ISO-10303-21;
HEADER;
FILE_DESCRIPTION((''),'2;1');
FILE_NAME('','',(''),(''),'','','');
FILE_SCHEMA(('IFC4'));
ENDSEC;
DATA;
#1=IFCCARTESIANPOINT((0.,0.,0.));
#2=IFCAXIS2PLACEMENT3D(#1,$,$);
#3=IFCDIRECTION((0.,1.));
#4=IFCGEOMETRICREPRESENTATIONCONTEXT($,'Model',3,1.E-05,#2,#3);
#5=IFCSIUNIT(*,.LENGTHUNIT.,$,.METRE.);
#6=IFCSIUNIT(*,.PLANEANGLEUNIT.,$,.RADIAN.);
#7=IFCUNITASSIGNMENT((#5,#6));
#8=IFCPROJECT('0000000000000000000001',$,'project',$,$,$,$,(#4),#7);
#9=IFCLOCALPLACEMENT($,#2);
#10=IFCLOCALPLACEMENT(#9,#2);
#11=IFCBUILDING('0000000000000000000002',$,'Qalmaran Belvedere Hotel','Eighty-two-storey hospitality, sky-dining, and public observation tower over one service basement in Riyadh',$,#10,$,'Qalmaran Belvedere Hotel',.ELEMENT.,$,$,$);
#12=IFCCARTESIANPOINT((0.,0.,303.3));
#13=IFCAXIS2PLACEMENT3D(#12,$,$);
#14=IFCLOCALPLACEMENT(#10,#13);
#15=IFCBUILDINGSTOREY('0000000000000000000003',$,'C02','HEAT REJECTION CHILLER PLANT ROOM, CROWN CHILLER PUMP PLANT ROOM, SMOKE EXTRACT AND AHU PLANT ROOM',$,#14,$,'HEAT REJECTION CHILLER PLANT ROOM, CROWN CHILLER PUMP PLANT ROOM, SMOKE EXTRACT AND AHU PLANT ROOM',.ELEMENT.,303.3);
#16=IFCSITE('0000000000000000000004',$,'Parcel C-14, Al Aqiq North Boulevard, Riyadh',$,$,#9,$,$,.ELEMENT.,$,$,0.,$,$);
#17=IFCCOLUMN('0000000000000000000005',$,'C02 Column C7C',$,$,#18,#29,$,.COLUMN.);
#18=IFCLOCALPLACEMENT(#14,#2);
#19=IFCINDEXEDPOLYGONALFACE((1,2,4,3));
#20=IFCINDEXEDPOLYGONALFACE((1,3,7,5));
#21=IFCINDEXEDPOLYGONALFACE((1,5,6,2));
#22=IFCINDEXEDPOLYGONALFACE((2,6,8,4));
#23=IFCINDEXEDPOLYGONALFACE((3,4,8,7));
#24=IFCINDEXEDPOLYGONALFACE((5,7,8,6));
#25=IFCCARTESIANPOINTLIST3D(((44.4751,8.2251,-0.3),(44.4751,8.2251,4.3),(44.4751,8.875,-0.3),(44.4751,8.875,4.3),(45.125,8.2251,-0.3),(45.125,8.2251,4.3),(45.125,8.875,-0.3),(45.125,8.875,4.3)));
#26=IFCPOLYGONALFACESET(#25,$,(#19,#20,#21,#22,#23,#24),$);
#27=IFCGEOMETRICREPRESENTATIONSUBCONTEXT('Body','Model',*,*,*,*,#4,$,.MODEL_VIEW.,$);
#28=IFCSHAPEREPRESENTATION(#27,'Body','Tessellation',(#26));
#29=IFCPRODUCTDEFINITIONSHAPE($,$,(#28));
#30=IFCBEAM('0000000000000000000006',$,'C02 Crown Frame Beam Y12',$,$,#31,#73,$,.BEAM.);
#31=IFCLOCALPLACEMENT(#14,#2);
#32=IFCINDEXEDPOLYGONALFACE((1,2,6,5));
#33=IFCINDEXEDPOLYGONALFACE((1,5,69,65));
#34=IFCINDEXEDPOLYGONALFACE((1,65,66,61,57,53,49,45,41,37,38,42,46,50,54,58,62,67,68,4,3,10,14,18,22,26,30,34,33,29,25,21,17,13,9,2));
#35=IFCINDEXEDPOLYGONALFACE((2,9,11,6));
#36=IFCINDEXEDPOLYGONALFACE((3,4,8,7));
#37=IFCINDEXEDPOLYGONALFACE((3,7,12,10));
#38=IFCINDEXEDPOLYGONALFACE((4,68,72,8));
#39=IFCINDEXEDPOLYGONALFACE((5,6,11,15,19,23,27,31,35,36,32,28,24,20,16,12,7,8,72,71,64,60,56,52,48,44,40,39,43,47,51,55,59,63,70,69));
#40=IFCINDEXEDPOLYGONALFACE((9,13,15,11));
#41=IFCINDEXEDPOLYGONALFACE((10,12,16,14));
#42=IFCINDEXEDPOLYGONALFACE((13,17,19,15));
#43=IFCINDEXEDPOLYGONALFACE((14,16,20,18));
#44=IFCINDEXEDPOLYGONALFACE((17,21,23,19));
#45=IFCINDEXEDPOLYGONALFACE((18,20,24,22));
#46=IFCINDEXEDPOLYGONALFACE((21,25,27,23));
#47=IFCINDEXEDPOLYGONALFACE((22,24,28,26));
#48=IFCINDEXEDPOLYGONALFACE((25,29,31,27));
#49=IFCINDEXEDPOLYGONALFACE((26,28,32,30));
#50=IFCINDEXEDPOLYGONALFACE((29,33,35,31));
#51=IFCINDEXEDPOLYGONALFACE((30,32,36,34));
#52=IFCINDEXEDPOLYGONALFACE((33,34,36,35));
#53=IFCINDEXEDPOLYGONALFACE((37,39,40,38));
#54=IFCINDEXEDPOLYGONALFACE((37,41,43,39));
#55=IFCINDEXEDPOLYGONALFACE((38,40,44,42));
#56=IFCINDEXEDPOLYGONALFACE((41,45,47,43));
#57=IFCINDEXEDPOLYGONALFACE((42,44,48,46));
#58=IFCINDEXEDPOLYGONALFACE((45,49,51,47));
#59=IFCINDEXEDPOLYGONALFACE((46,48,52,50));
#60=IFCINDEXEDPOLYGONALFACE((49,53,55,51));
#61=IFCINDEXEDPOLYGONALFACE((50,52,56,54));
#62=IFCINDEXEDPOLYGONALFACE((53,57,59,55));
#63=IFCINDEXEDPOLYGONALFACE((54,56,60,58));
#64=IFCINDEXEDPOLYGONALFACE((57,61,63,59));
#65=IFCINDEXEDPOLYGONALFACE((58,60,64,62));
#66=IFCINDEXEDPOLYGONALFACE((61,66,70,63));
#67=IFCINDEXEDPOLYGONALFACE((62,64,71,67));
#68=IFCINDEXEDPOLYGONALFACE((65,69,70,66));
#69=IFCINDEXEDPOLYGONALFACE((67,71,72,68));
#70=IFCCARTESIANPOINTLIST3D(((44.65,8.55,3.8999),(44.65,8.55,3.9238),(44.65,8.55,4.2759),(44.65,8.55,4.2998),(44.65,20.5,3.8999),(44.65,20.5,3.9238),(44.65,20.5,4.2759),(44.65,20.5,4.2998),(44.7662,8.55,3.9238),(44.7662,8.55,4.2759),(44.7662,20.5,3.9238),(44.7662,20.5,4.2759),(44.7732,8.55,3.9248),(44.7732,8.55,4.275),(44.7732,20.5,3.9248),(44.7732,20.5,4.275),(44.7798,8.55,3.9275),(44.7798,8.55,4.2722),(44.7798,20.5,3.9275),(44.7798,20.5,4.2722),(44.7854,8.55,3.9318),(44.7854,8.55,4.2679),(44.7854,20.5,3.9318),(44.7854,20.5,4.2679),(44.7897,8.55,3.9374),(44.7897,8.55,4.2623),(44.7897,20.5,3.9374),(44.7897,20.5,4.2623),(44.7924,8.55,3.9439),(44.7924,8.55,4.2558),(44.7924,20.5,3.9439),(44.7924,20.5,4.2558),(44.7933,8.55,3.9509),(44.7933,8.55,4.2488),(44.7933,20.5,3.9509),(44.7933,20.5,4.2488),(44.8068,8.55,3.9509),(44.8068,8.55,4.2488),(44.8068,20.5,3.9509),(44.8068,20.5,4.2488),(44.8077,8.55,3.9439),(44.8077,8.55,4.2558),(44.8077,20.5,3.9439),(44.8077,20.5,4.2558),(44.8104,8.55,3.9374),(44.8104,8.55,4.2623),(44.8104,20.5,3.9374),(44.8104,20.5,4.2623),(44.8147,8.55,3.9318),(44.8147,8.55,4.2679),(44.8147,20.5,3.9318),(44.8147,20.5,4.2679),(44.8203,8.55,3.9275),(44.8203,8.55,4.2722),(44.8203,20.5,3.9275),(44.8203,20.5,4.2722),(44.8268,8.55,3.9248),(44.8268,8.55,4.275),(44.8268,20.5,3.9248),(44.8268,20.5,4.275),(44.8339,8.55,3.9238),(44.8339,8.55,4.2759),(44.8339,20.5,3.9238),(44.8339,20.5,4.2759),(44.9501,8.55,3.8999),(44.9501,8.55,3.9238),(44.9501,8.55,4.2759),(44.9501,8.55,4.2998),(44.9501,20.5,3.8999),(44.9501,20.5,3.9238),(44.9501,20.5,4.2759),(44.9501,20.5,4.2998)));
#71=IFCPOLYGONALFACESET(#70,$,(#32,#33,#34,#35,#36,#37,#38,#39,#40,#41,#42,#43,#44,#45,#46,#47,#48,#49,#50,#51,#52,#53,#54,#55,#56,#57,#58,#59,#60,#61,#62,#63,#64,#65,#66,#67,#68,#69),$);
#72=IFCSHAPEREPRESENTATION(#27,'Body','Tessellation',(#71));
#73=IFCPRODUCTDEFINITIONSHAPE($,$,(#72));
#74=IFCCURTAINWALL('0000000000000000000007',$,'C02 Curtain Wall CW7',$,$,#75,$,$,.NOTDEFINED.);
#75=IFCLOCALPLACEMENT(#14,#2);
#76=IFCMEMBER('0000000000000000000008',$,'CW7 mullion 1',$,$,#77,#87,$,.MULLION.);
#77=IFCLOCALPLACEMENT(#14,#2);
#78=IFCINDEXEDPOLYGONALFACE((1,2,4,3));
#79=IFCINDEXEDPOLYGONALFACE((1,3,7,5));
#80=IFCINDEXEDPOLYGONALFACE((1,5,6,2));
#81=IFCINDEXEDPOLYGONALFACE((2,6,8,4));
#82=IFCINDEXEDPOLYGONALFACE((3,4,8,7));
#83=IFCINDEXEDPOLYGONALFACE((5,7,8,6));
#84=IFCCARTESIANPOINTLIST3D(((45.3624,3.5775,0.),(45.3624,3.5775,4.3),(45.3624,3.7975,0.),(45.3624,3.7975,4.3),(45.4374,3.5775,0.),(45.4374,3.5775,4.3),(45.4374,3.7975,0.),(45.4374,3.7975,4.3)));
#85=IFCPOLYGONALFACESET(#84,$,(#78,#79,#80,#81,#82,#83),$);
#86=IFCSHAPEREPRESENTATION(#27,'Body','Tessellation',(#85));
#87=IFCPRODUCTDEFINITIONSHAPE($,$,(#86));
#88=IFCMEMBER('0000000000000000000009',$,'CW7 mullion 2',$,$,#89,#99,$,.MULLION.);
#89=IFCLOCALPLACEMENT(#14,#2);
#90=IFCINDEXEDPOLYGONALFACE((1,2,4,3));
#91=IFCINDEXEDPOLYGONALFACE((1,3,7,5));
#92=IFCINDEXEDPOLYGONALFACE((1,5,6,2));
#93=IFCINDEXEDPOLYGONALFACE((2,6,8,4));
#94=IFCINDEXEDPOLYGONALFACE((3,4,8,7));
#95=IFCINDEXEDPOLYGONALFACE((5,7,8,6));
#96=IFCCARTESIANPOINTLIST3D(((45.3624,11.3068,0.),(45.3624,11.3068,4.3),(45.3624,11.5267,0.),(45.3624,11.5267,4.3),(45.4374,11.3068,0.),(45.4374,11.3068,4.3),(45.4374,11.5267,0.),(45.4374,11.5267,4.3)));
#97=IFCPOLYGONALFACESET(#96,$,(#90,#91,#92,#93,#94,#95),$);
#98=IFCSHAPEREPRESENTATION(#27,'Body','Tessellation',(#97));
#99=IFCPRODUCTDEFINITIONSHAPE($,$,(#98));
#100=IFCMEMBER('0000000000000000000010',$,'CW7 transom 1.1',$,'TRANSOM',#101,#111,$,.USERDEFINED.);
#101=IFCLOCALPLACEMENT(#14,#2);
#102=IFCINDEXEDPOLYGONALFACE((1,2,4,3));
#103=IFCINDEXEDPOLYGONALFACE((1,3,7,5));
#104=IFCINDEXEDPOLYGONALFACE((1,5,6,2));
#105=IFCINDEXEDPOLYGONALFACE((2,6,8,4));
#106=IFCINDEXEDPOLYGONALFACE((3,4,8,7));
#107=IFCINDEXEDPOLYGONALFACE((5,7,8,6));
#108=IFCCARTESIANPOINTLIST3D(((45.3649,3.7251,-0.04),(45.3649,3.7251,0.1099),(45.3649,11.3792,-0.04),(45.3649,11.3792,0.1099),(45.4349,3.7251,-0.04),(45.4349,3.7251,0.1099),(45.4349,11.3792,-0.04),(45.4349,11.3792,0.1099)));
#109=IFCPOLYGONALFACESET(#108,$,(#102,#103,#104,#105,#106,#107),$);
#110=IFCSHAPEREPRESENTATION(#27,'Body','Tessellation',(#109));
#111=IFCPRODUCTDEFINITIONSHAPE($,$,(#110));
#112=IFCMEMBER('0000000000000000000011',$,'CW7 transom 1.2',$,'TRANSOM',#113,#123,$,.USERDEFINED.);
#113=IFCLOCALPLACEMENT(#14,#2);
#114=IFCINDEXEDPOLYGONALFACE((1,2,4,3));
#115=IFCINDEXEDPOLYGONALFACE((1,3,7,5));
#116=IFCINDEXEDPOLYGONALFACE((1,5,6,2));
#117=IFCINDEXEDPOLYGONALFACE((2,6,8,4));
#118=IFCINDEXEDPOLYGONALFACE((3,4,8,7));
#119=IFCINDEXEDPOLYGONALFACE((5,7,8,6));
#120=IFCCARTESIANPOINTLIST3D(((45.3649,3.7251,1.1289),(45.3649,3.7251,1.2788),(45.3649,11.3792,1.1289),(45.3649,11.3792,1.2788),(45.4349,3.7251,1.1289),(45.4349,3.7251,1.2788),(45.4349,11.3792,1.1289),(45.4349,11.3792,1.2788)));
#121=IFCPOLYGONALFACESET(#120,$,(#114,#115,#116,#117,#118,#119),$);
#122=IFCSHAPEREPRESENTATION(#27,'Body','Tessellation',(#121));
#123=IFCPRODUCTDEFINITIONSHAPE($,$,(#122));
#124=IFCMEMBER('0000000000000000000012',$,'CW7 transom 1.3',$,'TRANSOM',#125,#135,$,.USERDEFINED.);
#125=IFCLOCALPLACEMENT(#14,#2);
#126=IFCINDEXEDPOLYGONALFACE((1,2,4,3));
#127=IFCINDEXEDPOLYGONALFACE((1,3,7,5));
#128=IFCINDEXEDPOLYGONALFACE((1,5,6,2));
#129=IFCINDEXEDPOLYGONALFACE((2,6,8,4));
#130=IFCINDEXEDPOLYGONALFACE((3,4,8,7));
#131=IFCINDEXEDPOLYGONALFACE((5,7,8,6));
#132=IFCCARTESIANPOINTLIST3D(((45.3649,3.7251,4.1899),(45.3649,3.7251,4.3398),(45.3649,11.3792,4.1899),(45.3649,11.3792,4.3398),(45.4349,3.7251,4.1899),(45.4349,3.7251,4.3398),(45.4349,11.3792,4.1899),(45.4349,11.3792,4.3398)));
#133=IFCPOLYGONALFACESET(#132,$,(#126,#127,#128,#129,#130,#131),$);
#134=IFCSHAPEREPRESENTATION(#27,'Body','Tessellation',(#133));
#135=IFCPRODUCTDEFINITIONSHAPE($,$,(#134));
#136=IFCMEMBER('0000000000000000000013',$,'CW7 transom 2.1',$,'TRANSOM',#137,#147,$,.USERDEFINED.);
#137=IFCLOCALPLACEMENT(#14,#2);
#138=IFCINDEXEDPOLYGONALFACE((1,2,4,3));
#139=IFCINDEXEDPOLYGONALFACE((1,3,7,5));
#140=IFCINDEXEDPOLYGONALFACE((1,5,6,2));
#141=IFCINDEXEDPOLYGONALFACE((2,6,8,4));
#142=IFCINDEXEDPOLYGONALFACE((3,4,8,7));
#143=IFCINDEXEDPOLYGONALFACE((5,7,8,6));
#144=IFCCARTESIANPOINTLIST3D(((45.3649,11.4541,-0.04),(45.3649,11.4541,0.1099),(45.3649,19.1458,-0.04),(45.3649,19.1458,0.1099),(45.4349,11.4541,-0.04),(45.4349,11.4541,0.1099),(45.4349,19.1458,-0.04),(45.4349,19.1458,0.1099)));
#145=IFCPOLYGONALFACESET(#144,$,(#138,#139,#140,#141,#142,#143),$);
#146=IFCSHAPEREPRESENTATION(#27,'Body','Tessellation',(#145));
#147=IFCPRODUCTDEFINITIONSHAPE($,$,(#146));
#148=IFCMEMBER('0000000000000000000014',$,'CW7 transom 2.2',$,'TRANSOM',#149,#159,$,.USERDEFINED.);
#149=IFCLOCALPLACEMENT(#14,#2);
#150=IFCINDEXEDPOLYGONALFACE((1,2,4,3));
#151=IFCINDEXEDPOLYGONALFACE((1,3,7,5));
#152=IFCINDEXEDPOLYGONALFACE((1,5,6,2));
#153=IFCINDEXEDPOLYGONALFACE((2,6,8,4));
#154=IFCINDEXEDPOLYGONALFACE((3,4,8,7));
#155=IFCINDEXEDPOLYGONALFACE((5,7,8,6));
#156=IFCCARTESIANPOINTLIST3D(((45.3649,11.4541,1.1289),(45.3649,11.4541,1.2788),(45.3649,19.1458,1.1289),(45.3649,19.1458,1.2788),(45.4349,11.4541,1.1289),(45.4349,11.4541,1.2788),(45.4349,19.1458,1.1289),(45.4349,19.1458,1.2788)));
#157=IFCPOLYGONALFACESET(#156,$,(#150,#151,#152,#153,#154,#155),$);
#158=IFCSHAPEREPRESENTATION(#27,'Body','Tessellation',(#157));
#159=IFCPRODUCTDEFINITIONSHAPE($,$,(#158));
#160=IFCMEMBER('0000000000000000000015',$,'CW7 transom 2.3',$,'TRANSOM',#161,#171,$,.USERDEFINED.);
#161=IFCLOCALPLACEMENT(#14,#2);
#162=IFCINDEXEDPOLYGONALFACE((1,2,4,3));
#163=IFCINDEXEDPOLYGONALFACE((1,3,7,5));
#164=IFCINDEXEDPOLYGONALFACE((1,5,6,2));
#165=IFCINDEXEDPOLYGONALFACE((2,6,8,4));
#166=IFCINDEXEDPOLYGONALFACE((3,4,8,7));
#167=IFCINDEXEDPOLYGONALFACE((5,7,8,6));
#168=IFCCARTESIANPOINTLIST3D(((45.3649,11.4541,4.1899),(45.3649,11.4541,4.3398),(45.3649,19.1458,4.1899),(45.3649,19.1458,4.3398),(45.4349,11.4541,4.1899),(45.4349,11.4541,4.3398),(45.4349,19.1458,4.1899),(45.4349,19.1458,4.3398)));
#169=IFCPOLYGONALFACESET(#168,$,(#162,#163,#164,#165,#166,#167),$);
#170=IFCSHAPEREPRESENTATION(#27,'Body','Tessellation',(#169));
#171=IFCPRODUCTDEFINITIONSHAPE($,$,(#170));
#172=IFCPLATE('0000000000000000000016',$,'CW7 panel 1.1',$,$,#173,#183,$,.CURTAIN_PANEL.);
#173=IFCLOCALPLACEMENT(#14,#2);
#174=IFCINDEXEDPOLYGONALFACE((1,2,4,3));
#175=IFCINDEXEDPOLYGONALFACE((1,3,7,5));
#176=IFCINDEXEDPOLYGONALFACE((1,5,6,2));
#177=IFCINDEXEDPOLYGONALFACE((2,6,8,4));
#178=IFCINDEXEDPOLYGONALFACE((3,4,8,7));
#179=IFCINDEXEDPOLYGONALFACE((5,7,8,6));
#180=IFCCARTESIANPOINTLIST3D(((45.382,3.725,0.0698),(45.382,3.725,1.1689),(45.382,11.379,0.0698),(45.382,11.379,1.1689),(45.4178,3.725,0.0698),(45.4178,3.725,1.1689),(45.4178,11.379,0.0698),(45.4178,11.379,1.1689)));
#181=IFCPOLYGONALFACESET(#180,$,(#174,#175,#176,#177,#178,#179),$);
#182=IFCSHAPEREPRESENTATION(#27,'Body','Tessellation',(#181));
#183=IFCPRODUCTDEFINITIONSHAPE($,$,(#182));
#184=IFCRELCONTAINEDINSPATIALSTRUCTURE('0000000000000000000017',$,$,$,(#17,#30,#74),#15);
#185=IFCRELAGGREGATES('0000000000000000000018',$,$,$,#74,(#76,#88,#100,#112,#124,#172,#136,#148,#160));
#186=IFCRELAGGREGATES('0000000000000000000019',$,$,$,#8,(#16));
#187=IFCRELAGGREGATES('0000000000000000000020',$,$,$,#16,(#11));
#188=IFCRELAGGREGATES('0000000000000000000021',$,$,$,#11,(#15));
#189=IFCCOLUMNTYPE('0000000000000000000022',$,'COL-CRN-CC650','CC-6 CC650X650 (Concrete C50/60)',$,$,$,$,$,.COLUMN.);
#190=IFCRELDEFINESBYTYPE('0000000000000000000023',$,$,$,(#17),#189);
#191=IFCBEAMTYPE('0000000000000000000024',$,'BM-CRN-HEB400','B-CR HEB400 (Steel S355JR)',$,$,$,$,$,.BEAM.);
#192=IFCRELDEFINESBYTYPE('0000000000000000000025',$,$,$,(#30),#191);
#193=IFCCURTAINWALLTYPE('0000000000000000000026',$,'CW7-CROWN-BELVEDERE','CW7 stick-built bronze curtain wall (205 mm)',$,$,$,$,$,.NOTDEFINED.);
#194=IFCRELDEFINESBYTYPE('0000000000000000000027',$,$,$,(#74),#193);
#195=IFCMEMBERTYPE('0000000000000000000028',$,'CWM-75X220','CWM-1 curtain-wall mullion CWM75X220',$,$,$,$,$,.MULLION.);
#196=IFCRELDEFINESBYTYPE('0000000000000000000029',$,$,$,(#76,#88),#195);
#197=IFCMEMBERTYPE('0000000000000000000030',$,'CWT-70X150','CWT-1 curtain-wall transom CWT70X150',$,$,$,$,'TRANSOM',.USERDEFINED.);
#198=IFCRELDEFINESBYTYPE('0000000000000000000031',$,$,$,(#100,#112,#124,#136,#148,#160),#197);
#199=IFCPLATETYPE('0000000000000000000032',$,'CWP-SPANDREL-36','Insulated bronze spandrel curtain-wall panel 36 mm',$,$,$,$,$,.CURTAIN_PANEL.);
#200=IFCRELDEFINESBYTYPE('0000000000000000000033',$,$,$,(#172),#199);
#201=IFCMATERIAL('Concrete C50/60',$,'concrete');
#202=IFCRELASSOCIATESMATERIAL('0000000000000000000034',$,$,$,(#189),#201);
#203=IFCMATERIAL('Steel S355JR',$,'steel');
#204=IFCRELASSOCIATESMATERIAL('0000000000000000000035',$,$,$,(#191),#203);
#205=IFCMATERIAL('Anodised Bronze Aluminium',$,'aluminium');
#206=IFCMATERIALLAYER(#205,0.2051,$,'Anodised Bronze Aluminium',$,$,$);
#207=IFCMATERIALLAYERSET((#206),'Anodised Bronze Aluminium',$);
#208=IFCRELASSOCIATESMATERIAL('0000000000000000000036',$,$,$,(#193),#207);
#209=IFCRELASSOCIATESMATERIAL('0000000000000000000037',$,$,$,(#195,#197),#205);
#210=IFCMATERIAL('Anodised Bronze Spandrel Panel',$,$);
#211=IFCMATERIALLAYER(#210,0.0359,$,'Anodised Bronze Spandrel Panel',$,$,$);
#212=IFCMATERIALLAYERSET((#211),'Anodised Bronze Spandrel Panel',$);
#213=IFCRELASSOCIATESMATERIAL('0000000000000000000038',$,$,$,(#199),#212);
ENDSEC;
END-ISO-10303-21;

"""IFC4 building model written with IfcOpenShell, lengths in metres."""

from ifc_helpers import new_model, si_unit, direction, frame, origin, origin_2d, place, context, subcontext, project, spatial, rectangle, i_section, extrude, material, layer, layer_set, material_profile, profile_set, type_object, element, aggregate, save


model = new_model("IFC4")

# Units and contexts
model_context = context("Model", 3, precision=1e-05, world=origin(), true_north=direction((0.0, 1.0)))
body_context = subcontext(model_context, "Body", "Model", "MODEL_VIEW")
ifc_project = project(units=[si_unit("LENGTHUNIT", "METRE"), si_unit("PLANEANGLEUNIT", "RADIAN")], contexts=[model_context])

# Site, building, storey
site_placement = place(None, origin())
site = spatial("IfcSite", under=ifc_project, at=site_placement, Name="Parcel C-14, Al Aqiq North Boulevard, Riyadh", CompositionType="ELEMENT", RefElevation=0.0)
building_placement = place(site_placement, origin())
building = spatial("IfcBuilding", under=site, at=building_placement, Name="Qalmaran Belvedere Hotel", Description="Eighty-two-storey hospitality, sky-dining, and public observation tower over one service basement in Riyadh", LongName="Qalmaran Belvedere Hotel", CompositionType="ELEMENT")
storey_placement = place(building_placement, frame((0.0, 0.0, 303.3)))
storey = spatial("IfcBuildingStorey", under=building, at=storey_placement, Name="C02", Description="HEAT REJECTION CHILLER PLANT ROOM, CROWN CHILLER PUMP PLANT ROOM, SMOKE EXTRACT AND AHU PLANT ROOM", LongName="HEAT REJECTION CHILLER PLANT ROOM, CROWN CHILLER PUMP PLANT ROOM, SMOKE EXTRACT AND AHU PLANT ROOM", CompositionType="ELEMENT", Elevation=303.3)

# Column
ifc_material_1 = material(Name="Concrete C50/60", Category="concrete")
ifc_material_profile_1 = material_profile(ifc_material_1, rectangle(XDim=0.6499, YDim=0.6499, at=origin_2d()), Name="CC650X650")
ifc_profile_set_1 = profile_set([ifc_material_profile_1], Name="Concrete C50/60")
column_type = type_object("IfcColumnType", Name="COL-CRN-CC650", Description="CC-6 CC650X650 (Concrete C50/60)", PredefinedType="COLUMN", material=ifc_profile_set_1)
column_placement = place(storey_placement, frame((44.8, 8.55, -0.3), z_axis=(0.0, 0.0, 1.0), x_axis=(1.0, 0.0, 0.0)))
element("IfcColumn", 1, at=column_placement, inside=storey, type_object=column_type, Name="C02 Column C7C", PredefinedType="COLUMN", context=body_context, shape_type="SweptSolid", body=[
    extrude(rectangle(XDim=0.6499, YDim=0.6499, at=origin_2d()), origin(), (0.0, 0.0, 1.0), 4.6001),
])

# Beam
ifc_material_2 = material(Name="Steel S355JR", Category="steel")
ifc_material_profile_2 = material_profile(ifc_material_2, i_section(OverallWidth=0.3, OverallDepth=0.3999, WebThickness=0.0134, FlangeThickness=0.0239, FilletRadius=0.0271, at=origin_2d()), Name="HEB400")
ifc_profile_set_2 = profile_set([ifc_material_profile_2], Name="Steel S355JR")
beam_type = type_object("IfcBeamType", Name="BM-CRN-HEB400", Description="B-CR HEB400 (Steel S355JR)", PredefinedType="BEAM", material=ifc_profile_set_2)
beam_placement = place(storey_placement, frame((44.8, 8.55, 4.0999), z_axis=(0.0, 1.0, 0.0), x_axis=(-1.0, 0.0, 0.0)))
element("IfcBeam", 2, at=beam_placement, inside=storey, type_object=beam_type, Name="C02 Crown Frame Beam Y12", PredefinedType="BEAM", context=body_context, shape_type="SweptSolid", body=[
    extrude(i_section(OverallWidth=0.3, OverallDepth=0.3999, WebThickness=0.0134, FlangeThickness=0.0239, FilletRadius=0.0271, at=origin_2d()), origin(), (0.0, 0.0, 1.0), 11.95),
])

# Curtain wall, members, plate
ifc_material_3 = material(Name="Anodised Bronze Aluminium", Category="aluminium")
ifc_layer_1 = layer(ifc_material_3, 0.2051, Name="Anodised Bronze Aluminium")
ifc_layer_set_1 = layer_set([ifc_layer_1], Name="Anodised Bronze Aluminium")
curtain_wall_type = type_object("IfcCurtainWallType", Name="CW7-CROWN-BELVEDERE", Description="CW7 stick-built bronze curtain wall (205 mm)", PredefinedType="NOTDEFINED", material=ifc_layer_set_1)
curtain_wall_placement = place(storey_placement, origin())
curtain_wall = element("IfcCurtainWall", 3, at=curtain_wall_placement, inside=storey, type_object=curtain_wall_type, Name="C02 Curtain Wall CW7", PredefinedType="NOTDEFINED")
ifc_material_profile_3 = material_profile(ifc_material_3, rectangle(XDim=0.075, YDim=0.22, at=origin_2d()), Name="CWM75X220")
ifc_profile_set_3 = profile_set([ifc_material_profile_3], Name="Anodised Bronze Aluminium")
member_type_1 = type_object("IfcMemberType", Name="CWM-75X220", Description="CWM-1 curtain-wall mullion CWM75X220", PredefinedType="MULLION", material=ifc_profile_set_3)
member_1_placement = place(storey_placement, frame((45.3999, 3.6875, 0.0), z_axis=(0.0, 0.0, 1.0), x_axis=(-1.0, 0.0, 0.0)))
member_1 = element("IfcMember", 4, at=member_1_placement, type_object=member_type_1, Name="CW7 mullion 1", PredefinedType="MULLION", context=body_context, shape_type="SweptSolid", body=[
    extrude(rectangle(XDim=0.075, YDim=0.22, at=origin_2d()), origin(), (0.0, 0.0, 1.0), 4.3),
])
member_2_placement = place(storey_placement, frame((45.3999, 11.4167, 0.0), z_axis=(0.0, 0.0, 1.0), x_axis=(-1.0, 0.0, 0.0)))
member_2 = element("IfcMember", 5, at=member_2_placement, type_object=member_type_1, Name="CW7 mullion 2", PredefinedType="MULLION", context=body_context, shape_type="SweptSolid", body=[
    extrude(rectangle(XDim=0.075, YDim=0.22, at=origin_2d()), origin(), (0.0, 0.0, 1.0), 4.3),
])
ifc_material_profile_4 = material_profile(ifc_material_3, rectangle(XDim=0.0701, YDim=0.1499, at=origin_2d()), Name="CWT70X150")
ifc_profile_set_4 = profile_set([ifc_material_profile_4], Name="Anodised Bronze Aluminium")
member_type_2 = type_object("IfcMemberType", Name="CWT-70X150", Description="CWT-1 curtain-wall transom CWT70X150", ElementType="TRANSOM", PredefinedType="USERDEFINED", material=ifc_profile_set_4)
member_3_placement = place(storey_placement, frame((45.3999, 3.7251, 0.0349), z_axis=(0.0, 1.0, 0.0), x_axis=(-1.0, 0.0, 0.0)))
member_3 = element("IfcMember", 6, at=member_3_placement, type_object=member_type_2, Name="CW7 transom 1.1", ObjectType="TRANSOM", PredefinedType="USERDEFINED", context=body_context, shape_type="SweptSolid", body=[
    extrude(rectangle(XDim=0.0701, YDim=0.1499, at=origin_2d()), origin(), (0.0, 0.0, 1.0), 7.6541),
])
member_4_placement = place(storey_placement, frame((45.3999, 3.7251, 1.2039), z_axis=(0.0, 1.0, 0.0), x_axis=(-1.0, 0.0, 0.0)))
member_4 = element("IfcMember", 7, at=member_4_placement, type_object=member_type_2, Name="CW7 transom 1.2", ObjectType="TRANSOM", PredefinedType="USERDEFINED", context=body_context, shape_type="SweptSolid", body=[
    extrude(rectangle(XDim=0.0701, YDim=0.1499, at=origin_2d()), origin(), (0.0, 0.0, 1.0), 7.6541),
])
member_5_placement = place(storey_placement, frame((45.3999, 3.7251, 4.2649), z_axis=(0.0, 1.0, 0.0), x_axis=(-1.0, 0.0, 0.0)))
member_5 = element("IfcMember", 8, at=member_5_placement, type_object=member_type_2, Name="CW7 transom 1.3", ObjectType="TRANSOM", PredefinedType="USERDEFINED", context=body_context, shape_type="SweptSolid", body=[
    extrude(rectangle(XDim=0.0701, YDim=0.1499, at=origin_2d()), origin(), (0.0, 0.0, 1.0), 7.6541),
])
member_6_placement = place(storey_placement, frame((45.3999, 11.4541, 0.0349), z_axis=(0.0, 1.0, 0.0), x_axis=(-1.0, 0.0, 0.0)))
member_6 = element("IfcMember", 9, at=member_6_placement, type_object=member_type_2, Name="CW7 transom 2.1", ObjectType="TRANSOM", PredefinedType="USERDEFINED", context=body_context, shape_type="SweptSolid", body=[
    extrude(rectangle(XDim=0.0701, YDim=0.1499, at=origin_2d()), origin(), (0.0, 0.0, 1.0), 7.6917),
])
member_7_placement = place(storey_placement, frame((45.3999, 11.4541, 1.2039), z_axis=(0.0, 1.0, 0.0), x_axis=(-1.0, 0.0, 0.0)))
member_7 = element("IfcMember", 10, at=member_7_placement, type_object=member_type_2, Name="CW7 transom 2.2", ObjectType="TRANSOM", PredefinedType="USERDEFINED", context=body_context, shape_type="SweptSolid", body=[
    extrude(rectangle(XDim=0.0701, YDim=0.1499, at=origin_2d()), origin(), (0.0, 0.0, 1.0), 7.6917),
])
member_8_placement = place(storey_placement, frame((45.3999, 11.4541, 4.2649), z_axis=(0.0, 1.0, 0.0), x_axis=(-1.0, 0.0, 0.0)))
member_8 = element("IfcMember", 11, at=member_8_placement, type_object=member_type_2, Name="CW7 transom 2.3", ObjectType="TRANSOM", PredefinedType="USERDEFINED", context=body_context, shape_type="SweptSolid", body=[
    extrude(rectangle(XDim=0.0701, YDim=0.1499, at=origin_2d()), origin(), (0.0, 0.0, 1.0), 7.6917),
])
ifc_material_4 = material(Name="Anodised Bronze Spandrel Panel")
ifc_layer_2 = layer(ifc_material_4, 0.0359, Name="Anodised Bronze Spandrel Panel")
ifc_layer_set_2 = layer_set([ifc_layer_2], Name="Anodised Bronze Spandrel Panel")
plate_type_1 = type_object("IfcPlateType", Name="CWP-SPANDREL-36", Description="Insulated bronze spandrel curtain-wall panel 36 mm", PredefinedType="CURTAIN_PANEL", material=ifc_layer_set_2)
plate_1_placement = place(storey_placement, frame((45.3999, 7.552, 0.0698), z_axis=(0.0, 0.0, 1.0), x_axis=(0.0, 1.0, 0.0)))
plate_1 = element("IfcPlate", 12, at=plate_1_placement, type_object=plate_type_1, Name="CW7 panel 1.1", PredefinedType="CURTAIN_PANEL", context=body_context, shape_type="SweptSolid", body=[
    extrude(rectangle(XDim=7.6541, YDim=0.0359, at=origin_2d()), origin(), (0.0, 0.0, 1.0), 1.0991),
])
aggregate(curtain_wall, [member_1, member_2, member_3, member_4, member_5, plate_1, member_6, member_7, member_8])

save(model, "model.ifc")
